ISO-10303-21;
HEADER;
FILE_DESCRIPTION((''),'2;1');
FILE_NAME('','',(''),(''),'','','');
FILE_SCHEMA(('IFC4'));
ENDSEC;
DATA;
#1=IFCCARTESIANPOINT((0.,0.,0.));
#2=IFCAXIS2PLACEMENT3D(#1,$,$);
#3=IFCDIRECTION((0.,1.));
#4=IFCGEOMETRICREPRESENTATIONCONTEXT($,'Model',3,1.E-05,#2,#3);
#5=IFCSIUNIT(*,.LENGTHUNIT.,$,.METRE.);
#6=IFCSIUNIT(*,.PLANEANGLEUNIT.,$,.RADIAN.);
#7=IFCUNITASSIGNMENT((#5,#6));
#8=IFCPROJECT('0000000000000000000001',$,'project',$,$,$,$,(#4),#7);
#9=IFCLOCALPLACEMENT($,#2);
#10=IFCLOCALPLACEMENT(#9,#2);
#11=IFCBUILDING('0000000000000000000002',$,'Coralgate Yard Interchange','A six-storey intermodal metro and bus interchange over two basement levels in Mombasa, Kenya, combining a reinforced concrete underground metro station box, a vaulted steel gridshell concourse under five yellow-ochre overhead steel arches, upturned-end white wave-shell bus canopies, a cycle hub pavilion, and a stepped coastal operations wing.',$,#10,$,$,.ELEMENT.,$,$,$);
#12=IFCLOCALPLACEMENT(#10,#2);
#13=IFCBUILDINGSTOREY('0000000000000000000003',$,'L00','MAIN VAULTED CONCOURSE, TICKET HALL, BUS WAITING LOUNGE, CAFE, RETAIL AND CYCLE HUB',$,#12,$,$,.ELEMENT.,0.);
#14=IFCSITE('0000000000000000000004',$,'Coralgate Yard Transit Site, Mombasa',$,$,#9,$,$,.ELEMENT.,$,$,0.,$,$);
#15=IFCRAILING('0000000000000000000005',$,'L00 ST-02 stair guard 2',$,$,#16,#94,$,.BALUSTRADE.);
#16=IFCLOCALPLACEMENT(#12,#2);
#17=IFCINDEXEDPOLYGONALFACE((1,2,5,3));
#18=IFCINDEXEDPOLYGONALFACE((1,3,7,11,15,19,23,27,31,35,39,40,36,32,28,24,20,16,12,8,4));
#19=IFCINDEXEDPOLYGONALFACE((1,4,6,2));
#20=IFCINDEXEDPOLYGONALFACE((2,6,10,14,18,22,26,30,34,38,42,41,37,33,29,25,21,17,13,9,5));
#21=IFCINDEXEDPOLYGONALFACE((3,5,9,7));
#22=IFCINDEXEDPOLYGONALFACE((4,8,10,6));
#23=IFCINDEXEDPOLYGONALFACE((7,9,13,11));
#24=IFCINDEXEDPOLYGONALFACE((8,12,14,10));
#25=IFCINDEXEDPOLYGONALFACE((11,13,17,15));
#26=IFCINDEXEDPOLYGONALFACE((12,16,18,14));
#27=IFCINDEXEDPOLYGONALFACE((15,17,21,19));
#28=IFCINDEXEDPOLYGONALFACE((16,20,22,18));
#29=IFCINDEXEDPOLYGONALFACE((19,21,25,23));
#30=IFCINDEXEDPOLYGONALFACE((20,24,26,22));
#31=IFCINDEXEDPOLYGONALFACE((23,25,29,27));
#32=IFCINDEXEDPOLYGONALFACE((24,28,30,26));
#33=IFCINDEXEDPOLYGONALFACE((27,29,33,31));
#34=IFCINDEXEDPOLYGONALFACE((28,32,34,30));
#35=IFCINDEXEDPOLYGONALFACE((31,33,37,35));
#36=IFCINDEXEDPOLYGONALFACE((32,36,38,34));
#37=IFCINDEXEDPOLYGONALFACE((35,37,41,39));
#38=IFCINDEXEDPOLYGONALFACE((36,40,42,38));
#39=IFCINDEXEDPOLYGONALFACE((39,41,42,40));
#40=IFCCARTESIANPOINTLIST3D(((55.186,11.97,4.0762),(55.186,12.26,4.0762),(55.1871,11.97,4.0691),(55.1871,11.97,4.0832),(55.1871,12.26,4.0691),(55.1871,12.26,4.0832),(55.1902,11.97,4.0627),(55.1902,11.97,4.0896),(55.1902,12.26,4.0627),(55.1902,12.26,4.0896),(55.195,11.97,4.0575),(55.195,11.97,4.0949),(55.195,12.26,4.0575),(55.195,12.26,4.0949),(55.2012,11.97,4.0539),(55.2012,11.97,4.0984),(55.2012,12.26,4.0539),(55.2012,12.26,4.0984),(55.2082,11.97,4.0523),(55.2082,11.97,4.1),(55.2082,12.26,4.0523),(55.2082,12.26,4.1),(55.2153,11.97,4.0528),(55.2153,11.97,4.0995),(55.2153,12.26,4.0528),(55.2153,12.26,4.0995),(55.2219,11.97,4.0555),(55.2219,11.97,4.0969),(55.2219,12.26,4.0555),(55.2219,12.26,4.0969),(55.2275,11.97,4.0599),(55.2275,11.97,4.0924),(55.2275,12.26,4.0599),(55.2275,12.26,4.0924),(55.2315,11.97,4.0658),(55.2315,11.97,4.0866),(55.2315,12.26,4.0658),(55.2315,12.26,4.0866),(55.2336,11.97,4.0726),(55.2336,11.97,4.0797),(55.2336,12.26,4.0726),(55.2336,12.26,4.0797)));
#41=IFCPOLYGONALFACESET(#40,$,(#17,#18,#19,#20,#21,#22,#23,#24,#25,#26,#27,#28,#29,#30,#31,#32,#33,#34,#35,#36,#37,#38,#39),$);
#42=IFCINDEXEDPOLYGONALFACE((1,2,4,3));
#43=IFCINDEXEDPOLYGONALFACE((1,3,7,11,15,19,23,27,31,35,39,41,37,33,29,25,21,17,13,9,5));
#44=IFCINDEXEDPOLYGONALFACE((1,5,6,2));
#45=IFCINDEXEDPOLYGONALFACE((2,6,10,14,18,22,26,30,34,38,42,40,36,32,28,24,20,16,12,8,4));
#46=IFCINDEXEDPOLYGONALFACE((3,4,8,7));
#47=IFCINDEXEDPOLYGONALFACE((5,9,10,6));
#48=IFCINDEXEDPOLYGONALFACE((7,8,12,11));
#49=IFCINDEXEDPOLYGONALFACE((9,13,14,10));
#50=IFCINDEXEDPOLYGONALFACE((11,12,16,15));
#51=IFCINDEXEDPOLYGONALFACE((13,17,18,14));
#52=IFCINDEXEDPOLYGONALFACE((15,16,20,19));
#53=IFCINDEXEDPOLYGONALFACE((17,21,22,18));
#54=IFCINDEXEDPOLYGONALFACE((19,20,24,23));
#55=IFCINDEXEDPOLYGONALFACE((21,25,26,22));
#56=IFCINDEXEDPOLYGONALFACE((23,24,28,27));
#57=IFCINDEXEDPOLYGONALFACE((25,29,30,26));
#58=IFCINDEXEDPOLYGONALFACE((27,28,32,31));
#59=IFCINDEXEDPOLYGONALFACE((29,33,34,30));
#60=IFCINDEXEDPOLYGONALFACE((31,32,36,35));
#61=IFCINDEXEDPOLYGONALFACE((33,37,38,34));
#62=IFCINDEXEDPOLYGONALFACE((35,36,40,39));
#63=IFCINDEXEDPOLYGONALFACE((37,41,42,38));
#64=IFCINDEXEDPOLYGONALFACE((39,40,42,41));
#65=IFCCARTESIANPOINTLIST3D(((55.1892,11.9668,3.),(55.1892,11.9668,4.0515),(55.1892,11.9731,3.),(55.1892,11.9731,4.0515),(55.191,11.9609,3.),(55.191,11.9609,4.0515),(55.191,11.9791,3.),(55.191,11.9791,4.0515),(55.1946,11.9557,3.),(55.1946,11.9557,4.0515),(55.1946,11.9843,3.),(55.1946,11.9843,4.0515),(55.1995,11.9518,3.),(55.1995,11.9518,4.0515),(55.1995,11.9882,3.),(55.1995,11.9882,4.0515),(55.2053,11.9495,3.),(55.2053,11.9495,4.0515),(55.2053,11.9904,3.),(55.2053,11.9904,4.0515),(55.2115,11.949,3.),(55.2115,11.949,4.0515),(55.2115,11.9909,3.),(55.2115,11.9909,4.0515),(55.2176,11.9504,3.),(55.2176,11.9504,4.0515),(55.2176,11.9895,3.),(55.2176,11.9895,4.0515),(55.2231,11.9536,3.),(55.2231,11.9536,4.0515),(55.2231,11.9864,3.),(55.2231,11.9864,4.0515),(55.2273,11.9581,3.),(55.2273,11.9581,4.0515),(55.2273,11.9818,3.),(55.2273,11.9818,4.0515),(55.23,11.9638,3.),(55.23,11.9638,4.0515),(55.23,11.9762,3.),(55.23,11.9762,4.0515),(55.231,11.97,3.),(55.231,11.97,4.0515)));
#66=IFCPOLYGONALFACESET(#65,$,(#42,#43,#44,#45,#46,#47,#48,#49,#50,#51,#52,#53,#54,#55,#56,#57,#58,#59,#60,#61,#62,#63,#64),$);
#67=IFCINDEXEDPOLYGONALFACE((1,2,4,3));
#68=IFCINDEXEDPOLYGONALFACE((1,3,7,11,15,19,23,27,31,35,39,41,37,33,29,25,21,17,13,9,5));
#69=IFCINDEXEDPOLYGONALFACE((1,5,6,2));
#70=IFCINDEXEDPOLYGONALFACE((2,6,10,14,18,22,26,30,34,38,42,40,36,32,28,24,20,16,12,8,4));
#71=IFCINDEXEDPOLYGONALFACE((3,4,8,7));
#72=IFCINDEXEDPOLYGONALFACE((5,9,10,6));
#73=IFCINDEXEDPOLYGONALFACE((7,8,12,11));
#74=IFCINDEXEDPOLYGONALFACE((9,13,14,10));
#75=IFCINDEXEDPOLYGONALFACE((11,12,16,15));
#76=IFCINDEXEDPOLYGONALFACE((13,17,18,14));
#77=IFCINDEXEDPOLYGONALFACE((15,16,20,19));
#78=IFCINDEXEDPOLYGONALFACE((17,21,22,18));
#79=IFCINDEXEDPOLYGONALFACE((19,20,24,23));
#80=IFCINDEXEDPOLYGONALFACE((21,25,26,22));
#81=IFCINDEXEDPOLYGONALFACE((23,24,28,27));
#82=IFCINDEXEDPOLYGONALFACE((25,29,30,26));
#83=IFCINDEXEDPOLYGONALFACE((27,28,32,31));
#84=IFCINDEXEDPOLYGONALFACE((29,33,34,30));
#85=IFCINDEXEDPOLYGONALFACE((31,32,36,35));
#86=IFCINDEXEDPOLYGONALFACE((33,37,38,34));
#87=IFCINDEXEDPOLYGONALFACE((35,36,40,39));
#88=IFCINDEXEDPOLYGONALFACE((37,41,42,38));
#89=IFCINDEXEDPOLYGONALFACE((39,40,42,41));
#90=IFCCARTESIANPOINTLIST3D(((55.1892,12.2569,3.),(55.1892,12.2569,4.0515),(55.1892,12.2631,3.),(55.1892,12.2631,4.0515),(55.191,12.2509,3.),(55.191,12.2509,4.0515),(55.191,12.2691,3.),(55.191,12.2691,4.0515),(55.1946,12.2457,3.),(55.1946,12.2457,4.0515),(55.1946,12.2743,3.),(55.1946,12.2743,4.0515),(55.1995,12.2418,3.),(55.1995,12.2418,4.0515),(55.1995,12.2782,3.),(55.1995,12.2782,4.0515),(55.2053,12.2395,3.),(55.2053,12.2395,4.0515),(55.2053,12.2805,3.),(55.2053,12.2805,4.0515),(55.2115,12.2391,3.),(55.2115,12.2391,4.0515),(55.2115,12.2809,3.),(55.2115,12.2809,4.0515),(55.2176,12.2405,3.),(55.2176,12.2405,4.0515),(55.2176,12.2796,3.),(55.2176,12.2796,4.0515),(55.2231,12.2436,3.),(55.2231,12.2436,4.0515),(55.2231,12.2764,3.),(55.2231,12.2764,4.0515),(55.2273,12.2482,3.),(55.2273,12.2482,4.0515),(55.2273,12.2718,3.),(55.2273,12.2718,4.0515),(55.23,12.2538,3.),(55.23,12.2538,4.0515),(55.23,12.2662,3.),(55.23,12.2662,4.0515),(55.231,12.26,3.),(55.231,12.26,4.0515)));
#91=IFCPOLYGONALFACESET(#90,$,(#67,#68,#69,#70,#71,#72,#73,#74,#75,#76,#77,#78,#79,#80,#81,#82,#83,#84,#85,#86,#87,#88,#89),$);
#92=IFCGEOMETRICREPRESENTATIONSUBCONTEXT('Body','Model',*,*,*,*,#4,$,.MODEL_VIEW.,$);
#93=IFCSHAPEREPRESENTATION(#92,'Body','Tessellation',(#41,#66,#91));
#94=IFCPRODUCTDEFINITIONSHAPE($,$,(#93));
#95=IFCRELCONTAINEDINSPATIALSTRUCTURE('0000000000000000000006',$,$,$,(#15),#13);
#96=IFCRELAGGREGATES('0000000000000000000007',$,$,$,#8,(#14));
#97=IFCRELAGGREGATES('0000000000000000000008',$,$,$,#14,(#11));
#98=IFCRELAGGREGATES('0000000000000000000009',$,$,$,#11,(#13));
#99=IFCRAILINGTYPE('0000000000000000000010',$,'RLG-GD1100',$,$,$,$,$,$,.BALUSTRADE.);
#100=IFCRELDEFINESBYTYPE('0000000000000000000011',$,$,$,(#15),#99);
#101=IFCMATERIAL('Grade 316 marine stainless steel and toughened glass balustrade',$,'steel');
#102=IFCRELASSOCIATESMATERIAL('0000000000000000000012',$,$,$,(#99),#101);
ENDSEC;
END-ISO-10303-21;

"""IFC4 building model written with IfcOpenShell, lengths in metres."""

from ifc_helpers import new_model, si_unit, direction, frame, origin, origin_2d, place, context, subcontext, project, spatial, circle, extrude, material, type_object, element, save


model = new_model("IFC4")

# Units and contexts
model_context = context("Model", 3, precision=1e-05, world=origin(), true_north=direction((0.0, 1.0)))
body_context = subcontext(model_context, "Body", "Model", "MODEL_VIEW")
ifc_project = project(units=[si_unit("LENGTHUNIT", "METRE"), si_unit("PLANEANGLEUNIT", "RADIAN")], contexts=[model_context])

# Site, building, storey
site_placement = place(None, origin())
site = spatial("IfcSite", under=ifc_project, at=site_placement, Name="Coralgate Yard Transit Site, Mombasa", CompositionType="ELEMENT", RefElevation=0.0)
building_placement = place(site_placement, origin())
building = spatial("IfcBuilding", under=site, at=building_placement, Name="Coralgate Yard Interchange", Description="A six-storey intermodal metro and bus interchange over two basement levels in Mombasa, Kenya, combining a reinforced concrete underground metro station box, a vaulted steel gridshell concourse under five yellow-ochre overhead steel arches, upturned-end white wave-shell bus canopies, a cycle hub pavilion, and a stepped coastal operations wing.", CompositionType="ELEMENT")
storey_placement = place(building_placement, origin())
storey = spatial("IfcBuildingStorey", under=building, at=storey_placement, Name="L00", Description="MAIN VAULTED CONCOURSE, TICKET HALL, BUS WAITING LOUNGE, CAFE, RETAIL AND CYCLE HUB", CompositionType="ELEMENT", Elevation=0.0)

# Railing
ifc_material_1 = material(Name="Grade 316 marine stainless steel and toughened glass balustrade", Category="steel")
railing_type_1 = type_object("IfcRailingType", Name="RLG-GD1100", PredefinedType="BALUSTRADE", material=ifc_material_1)
railing_1_placement = place(storey_placement, frame((55.21, 11.97, 3.0)))
element("IfcRailing", 1, at=railing_1_placement, inside=storey, type_object=railing_type_1, Name="L00 ST-02 stair guard 2", PredefinedType="BALUSTRADE", context=body_context, shape_type="SweptSolid", body=[
    extrude(circle(Radius=0.0239, at=origin_2d()), frame((0.0, 0.0, 1.0762), z_axis=(0.0, 1.0, 0.0), x_axis=(-1.0, 0.0, 0.0)), (0.0, 0.0, 1.0), 0.29),
    extrude(circle(Radius=0.021, at=origin_2d()), origin(), (0.0, 0.0, 1.0), 1.0515),
    extrude(circle(Radius=0.021, at=origin_2d()), frame((0.0, 0.29, 0.0)), (0.0, 0.0, 1.0), 1.0515),
])

save(model, "model.ifc")
